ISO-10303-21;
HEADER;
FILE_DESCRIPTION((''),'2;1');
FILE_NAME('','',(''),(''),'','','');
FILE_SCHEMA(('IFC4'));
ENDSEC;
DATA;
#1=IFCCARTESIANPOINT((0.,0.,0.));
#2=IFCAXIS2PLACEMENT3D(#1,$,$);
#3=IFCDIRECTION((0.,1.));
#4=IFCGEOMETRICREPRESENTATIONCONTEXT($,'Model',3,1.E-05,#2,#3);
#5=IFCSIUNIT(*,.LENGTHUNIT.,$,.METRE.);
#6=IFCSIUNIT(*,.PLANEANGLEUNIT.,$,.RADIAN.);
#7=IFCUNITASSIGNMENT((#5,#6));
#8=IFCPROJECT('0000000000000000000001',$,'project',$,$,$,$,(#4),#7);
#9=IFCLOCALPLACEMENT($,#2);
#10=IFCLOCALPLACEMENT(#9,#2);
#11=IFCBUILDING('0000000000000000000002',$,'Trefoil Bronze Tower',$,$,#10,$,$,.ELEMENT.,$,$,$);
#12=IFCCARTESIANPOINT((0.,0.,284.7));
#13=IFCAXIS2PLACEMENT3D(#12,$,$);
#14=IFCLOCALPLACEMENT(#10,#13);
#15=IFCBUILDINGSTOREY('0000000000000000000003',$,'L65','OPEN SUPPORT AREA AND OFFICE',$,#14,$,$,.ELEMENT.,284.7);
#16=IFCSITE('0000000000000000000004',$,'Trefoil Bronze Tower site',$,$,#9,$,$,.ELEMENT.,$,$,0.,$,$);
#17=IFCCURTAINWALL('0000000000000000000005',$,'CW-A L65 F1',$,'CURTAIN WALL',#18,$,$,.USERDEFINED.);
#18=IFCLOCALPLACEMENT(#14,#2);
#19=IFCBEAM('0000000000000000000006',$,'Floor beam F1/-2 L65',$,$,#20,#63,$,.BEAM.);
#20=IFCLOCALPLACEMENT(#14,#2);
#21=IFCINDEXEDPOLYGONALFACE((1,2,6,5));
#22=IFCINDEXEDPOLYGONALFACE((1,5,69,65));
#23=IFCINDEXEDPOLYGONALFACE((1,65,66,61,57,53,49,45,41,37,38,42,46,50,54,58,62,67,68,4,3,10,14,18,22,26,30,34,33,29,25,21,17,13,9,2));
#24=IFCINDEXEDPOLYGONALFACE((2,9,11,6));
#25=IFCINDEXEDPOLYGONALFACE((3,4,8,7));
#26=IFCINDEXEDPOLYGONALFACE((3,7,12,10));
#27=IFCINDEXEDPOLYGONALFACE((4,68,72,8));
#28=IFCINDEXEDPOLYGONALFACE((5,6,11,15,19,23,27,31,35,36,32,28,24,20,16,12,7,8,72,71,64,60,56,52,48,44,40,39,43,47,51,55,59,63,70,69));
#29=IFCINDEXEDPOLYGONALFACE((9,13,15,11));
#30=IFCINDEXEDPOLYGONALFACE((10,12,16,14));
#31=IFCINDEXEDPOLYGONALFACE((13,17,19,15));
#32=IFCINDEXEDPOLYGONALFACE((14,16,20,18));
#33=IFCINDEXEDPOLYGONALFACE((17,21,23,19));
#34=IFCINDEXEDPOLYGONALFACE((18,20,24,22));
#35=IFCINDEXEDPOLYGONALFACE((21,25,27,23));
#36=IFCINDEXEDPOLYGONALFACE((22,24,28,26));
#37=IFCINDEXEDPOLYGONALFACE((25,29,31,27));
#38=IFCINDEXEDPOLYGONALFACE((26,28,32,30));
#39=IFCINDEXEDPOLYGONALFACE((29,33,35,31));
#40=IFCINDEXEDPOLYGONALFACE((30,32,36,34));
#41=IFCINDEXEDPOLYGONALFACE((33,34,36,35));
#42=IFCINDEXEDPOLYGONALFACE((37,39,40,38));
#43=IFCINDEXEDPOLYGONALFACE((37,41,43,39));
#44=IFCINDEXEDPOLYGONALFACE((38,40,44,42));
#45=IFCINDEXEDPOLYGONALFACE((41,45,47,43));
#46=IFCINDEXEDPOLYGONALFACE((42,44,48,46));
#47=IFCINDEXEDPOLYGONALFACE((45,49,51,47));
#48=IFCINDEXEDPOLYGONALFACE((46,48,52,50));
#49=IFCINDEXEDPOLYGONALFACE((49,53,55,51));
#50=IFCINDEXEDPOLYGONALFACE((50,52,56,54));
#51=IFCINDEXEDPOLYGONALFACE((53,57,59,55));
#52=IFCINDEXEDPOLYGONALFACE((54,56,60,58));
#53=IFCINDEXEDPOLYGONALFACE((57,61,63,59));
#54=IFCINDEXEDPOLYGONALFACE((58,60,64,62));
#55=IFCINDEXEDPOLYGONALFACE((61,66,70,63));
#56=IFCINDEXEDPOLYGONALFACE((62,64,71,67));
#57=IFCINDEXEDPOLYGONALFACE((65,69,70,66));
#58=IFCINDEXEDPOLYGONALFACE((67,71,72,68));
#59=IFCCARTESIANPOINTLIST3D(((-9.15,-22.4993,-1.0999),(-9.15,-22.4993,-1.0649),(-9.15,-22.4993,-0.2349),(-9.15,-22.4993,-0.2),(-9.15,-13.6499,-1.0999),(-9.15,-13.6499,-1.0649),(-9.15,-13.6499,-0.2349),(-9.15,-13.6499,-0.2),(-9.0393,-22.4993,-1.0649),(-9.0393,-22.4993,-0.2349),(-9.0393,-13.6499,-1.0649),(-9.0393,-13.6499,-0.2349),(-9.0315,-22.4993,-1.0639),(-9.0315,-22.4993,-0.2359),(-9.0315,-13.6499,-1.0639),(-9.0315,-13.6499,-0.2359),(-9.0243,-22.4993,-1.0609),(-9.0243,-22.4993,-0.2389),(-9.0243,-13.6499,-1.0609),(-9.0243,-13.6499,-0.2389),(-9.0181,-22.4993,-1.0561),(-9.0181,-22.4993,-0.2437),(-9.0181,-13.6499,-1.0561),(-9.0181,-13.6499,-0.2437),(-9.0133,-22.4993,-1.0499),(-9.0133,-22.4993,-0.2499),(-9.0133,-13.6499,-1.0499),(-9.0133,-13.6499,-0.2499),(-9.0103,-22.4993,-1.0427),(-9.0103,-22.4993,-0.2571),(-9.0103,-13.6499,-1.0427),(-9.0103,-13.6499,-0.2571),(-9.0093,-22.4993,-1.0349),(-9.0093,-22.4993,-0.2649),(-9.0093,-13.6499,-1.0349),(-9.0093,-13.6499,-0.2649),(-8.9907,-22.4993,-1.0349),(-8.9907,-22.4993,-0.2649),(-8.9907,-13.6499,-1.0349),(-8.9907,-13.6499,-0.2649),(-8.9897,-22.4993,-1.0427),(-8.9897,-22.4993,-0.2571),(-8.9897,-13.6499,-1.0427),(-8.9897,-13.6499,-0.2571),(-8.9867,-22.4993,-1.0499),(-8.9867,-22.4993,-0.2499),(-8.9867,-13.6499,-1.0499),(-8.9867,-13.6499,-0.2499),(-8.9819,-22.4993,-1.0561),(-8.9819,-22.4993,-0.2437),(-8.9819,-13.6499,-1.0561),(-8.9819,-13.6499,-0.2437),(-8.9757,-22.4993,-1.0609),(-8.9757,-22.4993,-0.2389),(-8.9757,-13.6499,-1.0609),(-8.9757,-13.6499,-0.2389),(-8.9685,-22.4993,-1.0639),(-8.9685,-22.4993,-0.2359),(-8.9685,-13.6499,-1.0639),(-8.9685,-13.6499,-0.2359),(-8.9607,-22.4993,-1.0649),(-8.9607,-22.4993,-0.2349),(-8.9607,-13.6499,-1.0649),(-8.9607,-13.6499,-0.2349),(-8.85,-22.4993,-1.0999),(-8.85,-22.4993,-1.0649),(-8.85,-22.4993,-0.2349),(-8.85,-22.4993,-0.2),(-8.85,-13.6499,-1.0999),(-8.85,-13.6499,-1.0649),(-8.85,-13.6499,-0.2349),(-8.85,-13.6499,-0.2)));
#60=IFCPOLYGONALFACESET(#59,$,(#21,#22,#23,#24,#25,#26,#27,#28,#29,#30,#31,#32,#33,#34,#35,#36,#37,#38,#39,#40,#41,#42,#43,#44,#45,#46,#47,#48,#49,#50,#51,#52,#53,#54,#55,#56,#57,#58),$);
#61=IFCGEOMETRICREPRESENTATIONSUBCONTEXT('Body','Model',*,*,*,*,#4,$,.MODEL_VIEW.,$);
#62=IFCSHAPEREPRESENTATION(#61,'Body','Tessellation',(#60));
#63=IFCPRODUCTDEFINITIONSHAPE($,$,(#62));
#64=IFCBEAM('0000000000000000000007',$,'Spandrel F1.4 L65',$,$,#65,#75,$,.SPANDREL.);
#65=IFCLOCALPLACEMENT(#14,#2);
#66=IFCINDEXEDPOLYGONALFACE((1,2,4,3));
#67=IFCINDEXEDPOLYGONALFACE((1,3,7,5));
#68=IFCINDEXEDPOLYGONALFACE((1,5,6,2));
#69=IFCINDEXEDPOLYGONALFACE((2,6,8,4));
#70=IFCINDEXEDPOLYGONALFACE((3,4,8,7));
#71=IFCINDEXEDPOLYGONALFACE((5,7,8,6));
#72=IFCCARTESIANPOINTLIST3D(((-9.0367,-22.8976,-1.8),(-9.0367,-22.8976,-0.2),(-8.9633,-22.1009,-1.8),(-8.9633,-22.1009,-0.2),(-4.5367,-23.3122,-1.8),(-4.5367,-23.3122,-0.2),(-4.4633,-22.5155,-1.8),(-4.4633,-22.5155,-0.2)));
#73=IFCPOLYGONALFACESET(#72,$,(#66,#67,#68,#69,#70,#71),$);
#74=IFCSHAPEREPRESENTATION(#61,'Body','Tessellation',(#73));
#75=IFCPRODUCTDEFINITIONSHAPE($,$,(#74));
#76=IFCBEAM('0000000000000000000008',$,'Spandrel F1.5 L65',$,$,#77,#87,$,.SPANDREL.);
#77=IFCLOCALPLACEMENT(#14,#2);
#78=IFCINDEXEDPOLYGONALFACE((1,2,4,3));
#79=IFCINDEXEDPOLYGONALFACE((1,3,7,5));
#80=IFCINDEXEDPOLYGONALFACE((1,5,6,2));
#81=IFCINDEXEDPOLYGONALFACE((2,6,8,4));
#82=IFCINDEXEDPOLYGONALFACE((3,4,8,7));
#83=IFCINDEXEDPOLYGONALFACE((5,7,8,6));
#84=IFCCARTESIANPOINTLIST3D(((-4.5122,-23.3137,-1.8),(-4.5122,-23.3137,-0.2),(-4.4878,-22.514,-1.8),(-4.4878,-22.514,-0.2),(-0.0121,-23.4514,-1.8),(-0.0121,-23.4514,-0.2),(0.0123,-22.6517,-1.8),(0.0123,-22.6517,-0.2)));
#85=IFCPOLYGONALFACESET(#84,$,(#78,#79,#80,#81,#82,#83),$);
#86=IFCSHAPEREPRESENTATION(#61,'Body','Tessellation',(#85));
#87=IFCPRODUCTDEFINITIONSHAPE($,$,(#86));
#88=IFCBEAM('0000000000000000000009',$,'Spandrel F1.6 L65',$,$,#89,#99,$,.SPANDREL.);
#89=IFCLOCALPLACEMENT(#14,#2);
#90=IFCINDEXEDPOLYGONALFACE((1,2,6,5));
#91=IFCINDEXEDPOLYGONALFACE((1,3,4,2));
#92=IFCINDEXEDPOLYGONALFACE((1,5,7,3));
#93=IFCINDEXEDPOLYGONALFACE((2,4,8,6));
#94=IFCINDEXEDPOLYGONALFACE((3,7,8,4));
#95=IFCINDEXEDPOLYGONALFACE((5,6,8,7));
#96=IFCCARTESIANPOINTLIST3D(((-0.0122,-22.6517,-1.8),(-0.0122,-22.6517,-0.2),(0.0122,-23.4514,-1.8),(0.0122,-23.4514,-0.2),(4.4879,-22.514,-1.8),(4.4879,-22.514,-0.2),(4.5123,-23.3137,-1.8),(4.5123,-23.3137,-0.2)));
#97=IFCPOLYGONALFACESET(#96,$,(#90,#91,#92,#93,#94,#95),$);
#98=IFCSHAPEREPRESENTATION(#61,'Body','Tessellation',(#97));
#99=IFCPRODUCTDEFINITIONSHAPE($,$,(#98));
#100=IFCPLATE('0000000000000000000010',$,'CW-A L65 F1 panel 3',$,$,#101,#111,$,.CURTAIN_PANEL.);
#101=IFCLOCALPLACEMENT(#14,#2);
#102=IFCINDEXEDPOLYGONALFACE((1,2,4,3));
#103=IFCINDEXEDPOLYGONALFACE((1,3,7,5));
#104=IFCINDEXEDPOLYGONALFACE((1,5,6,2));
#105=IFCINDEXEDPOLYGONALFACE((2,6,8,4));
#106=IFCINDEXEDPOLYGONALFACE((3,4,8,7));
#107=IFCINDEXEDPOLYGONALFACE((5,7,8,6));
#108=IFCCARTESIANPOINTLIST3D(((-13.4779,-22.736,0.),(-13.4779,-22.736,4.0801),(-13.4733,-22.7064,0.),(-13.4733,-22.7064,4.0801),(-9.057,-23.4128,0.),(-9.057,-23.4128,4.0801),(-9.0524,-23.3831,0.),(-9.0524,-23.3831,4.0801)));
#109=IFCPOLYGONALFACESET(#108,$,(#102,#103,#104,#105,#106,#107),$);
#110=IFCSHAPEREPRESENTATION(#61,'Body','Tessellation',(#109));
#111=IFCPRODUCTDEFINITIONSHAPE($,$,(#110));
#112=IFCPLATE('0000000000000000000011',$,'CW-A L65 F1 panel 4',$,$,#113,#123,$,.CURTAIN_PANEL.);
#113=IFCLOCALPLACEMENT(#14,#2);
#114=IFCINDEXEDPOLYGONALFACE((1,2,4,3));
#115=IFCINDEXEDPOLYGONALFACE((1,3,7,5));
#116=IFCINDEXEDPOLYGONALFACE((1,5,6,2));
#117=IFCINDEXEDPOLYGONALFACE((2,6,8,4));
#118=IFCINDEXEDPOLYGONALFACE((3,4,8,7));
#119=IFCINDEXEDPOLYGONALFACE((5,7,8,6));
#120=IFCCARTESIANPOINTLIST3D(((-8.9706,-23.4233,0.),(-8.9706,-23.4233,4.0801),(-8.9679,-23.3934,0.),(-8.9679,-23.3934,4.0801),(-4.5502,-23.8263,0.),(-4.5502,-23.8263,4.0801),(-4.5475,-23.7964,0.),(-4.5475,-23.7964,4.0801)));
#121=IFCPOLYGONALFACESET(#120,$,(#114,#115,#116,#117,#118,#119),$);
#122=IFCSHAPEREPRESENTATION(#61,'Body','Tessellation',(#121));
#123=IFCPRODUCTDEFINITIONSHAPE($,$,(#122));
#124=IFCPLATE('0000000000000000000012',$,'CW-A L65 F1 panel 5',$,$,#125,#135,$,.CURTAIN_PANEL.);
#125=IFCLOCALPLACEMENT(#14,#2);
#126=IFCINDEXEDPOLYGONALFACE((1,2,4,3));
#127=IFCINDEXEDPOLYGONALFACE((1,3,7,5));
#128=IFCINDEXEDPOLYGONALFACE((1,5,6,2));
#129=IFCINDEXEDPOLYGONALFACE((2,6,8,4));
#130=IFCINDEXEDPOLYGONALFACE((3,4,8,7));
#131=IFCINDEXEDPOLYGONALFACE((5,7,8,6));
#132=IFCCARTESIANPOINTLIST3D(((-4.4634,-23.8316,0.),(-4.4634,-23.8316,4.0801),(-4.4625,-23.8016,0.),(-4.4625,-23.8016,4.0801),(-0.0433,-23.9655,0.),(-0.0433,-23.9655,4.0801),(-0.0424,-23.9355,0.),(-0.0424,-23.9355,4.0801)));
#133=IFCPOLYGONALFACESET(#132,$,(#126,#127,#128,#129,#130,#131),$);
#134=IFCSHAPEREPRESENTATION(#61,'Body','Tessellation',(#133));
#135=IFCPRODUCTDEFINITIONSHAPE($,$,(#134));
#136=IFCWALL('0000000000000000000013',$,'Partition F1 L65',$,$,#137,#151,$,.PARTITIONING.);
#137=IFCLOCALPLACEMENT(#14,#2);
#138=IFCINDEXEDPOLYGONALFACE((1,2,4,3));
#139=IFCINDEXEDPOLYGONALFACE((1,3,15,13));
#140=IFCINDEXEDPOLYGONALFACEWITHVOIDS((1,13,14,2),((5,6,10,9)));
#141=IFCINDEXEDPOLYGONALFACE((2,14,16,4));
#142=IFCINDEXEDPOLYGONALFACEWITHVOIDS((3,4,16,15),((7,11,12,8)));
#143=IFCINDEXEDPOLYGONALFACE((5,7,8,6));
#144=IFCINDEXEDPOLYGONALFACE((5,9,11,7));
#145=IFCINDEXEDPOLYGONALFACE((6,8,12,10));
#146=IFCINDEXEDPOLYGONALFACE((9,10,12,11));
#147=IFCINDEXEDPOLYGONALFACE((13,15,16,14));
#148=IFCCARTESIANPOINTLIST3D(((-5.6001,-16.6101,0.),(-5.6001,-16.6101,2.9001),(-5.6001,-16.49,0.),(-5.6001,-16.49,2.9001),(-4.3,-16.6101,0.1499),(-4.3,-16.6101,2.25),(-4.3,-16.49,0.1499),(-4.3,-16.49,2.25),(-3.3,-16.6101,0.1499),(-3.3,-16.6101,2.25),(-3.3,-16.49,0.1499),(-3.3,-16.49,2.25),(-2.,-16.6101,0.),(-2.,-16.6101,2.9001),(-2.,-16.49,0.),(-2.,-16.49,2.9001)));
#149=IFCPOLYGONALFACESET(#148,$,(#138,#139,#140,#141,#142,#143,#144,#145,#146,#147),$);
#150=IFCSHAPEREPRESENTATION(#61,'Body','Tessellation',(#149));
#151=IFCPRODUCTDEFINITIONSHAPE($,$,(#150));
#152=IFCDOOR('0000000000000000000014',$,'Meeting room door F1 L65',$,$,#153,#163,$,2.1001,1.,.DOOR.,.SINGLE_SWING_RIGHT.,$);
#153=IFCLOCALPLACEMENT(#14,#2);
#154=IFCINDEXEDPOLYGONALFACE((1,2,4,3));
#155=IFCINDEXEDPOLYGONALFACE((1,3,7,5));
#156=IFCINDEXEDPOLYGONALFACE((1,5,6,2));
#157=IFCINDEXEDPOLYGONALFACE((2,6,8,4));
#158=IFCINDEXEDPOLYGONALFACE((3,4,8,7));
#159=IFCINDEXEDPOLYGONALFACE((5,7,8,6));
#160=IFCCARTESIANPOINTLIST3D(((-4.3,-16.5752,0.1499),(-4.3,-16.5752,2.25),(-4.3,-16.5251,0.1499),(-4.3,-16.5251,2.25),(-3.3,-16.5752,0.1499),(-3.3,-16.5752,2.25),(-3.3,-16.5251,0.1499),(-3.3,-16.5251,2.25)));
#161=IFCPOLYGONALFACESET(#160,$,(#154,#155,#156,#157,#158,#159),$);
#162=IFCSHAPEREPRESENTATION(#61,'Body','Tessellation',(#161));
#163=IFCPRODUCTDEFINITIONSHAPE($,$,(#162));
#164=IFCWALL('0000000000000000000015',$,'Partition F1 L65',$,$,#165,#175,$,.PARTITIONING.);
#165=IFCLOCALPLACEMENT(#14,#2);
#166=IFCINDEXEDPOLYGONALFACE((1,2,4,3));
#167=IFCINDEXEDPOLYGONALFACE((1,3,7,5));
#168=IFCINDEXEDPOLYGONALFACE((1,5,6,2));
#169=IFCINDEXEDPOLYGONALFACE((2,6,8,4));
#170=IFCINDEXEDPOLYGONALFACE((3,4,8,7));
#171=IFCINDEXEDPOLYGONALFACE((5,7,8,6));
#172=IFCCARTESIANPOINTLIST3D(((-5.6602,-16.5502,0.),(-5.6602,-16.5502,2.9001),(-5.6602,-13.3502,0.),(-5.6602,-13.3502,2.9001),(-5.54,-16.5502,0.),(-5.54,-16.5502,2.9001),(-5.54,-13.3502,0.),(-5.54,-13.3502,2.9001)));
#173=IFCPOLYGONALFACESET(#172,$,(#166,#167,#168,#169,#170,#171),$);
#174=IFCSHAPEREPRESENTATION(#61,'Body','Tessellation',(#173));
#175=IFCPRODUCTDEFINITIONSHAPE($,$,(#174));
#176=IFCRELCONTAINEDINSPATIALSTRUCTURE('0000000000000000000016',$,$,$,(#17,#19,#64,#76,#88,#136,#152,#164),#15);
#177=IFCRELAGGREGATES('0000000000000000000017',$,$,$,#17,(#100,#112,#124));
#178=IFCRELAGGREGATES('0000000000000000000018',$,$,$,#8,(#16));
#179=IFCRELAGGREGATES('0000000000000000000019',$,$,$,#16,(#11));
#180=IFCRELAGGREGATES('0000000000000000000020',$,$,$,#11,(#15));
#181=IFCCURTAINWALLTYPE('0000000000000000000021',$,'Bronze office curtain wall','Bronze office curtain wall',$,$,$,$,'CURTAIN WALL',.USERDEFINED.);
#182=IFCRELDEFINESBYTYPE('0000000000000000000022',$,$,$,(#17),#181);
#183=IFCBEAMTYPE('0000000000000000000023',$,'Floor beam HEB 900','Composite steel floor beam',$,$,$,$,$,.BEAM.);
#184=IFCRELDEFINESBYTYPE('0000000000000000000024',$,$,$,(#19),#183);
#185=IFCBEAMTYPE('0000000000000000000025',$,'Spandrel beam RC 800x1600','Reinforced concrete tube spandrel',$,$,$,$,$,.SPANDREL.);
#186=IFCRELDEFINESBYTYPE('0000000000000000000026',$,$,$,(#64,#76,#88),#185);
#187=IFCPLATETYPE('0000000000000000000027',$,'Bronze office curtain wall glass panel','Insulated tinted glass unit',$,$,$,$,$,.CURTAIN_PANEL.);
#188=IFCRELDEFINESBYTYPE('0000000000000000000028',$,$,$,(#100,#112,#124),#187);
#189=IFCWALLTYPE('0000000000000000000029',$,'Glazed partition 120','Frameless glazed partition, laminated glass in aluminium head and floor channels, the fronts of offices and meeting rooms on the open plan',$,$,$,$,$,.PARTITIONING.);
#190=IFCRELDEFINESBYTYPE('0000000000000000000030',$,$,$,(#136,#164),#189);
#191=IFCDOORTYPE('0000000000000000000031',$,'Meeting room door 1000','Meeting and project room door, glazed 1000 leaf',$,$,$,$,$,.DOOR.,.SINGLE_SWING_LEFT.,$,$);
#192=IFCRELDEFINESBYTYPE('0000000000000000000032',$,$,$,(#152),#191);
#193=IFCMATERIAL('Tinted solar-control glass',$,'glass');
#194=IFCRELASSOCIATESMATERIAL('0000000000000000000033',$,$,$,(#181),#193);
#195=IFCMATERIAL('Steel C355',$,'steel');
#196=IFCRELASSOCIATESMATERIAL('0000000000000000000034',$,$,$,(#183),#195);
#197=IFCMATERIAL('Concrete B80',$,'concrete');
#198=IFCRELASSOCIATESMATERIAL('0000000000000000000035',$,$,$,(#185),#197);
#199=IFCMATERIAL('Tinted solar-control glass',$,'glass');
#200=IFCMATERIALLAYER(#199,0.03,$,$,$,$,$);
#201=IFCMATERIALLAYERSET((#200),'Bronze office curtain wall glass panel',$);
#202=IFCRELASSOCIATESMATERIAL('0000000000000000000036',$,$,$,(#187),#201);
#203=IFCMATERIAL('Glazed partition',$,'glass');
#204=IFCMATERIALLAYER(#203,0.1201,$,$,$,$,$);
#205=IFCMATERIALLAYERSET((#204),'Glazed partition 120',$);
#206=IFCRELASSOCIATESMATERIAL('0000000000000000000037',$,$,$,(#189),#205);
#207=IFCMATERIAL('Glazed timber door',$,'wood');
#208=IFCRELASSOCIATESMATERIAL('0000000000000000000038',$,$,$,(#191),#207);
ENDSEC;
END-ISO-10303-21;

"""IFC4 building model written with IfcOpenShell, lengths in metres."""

from ifc_helpers import new_model, si_unit, direction, frame, frame_2d, origin, origin_2d, place, context, subcontext, project, spatial, rectangle, i_section, extrude, material, layer, layer_set, material_profile, profile_set, type_object, element, fill, aggregate, save


model = new_model("IFC4")

# Units and contexts
model_context = context("Model", 3, precision=1e-05, world=origin(), true_north=direction((0.0, 1.0)))
body_context = subcontext(model_context, "Body", "Model", "MODEL_VIEW")
ifc_project = project(units=[si_unit("LENGTHUNIT", "METRE"), si_unit("PLANEANGLEUNIT", "RADIAN")], contexts=[model_context])

# Site, building, storey
site_placement = place(None, origin())
site = spatial("IfcSite", under=ifc_project, at=site_placement, Name="Trefoil Bronze Tower site", CompositionType="ELEMENT", RefElevation=0.0)
building_placement = place(site_placement, origin())
building = spatial("IfcBuilding", under=site, at=building_placement, Name="Trefoil Bronze Tower", CompositionType="ELEMENT")
storey_placement = place(building_placement, frame((0.0, 0.0, 284.7)))
storey = spatial("IfcBuildingStorey", under=building, at=storey_placement, Name="L65", Description="OPEN SUPPORT AREA AND OFFICE", CompositionType="ELEMENT", Elevation=284.7)

# Curtain wall
ifc_material_1 = material(Name="Tinted solar-control glass", Category="glass")
curtain_wall_type = type_object("IfcCurtainWallType", Name="Bronze office curtain wall", Description="Bronze office curtain wall", ElementType="CURTAIN WALL", PredefinedType="USERDEFINED", material=ifc_material_1)
curtain_wall_placement = place(storey_placement, origin())
curtain_wall = element("IfcCurtainWall", 1, at=curtain_wall_placement, inside=storey, type_object=curtain_wall_type, Name="CW-A L65 F1", ObjectType="CURTAIN WALL", PredefinedType="USERDEFINED")

# Beams
ifc_material_2 = material(Name="Steel C355", Category="steel")
ifc_material_profile_1 = material_profile(ifc_material_2, i_section(OverallWidth=0.3, OverallDepth=0.8999, WebThickness=0.0186, FlangeThickness=0.0349, FilletRadius=0.03, at=origin_2d()), Name="HEB 900")
ifc_profile_set_1 = profile_set([ifc_material_profile_1], Name="Steel C355")
beam_type_1 = type_object("IfcBeamType", Name="Floor beam HEB 900", Description="Composite steel floor beam", PredefinedType="BEAM", material=ifc_profile_set_1)
beam_1_placement = place(storey_placement, frame((-9.0, -22.4993, -0.6499), z_axis=(0.0, 1.0, 0.0), x_axis=(-1.0, 0.0, 0.0)))
element("IfcBeam", 2, at=beam_1_placement, inside=storey, type_object=beam_type_1, Name="Floor beam F1/-2 L65", PredefinedType="BEAM", context=body_context, shape_type="SweptSolid", body=[
    extrude(i_section(OverallWidth=0.3, OverallDepth=0.8999, WebThickness=0.0186, FlangeThickness=0.0349, FilletRadius=0.03, at=origin_2d()), origin(), (0.0, 0.0, 1.0), 8.8494),
])
ifc_material_3 = material(Name="Concrete B80", Category="concrete")
ifc_material_profile_2 = material_profile(ifc_material_3, rectangle(XDim=0.8, YDim=1.6001, at=origin_2d()), Name="RC 800x1600")
ifc_profile_set_2 = profile_set([ifc_material_profile_2], Name="Concrete B80")
beam_type_2 = type_object("IfcBeamType", Name="Spandrel beam RC 800x1600", Description="Reinforced concrete tube spandrel", PredefinedType="SPANDREL", material=ifc_profile_set_2)
beam_2_placement = place(storey_placement, frame((-9.0, -22.4993, -1.0), z_axis=(0.995784, -0.091734, 0.0), x_axis=(0.091734, 0.995784, 0.0)))
element("IfcBeam", 3, at=beam_2_placement, inside=storey, type_object=beam_type_2, Name="Spandrel F1.4 L65", PredefinedType="SPANDREL", context=body_context, shape_type="SweptSolid", body=[
    extrude(rectangle(XDim=0.8, YDim=1.6001, at=origin_2d()), origin(), (0.0, 0.0, 1.0), 4.519),
])
for number, where, z_axis, x_axis, name in (
    (4, (-4.5, -22.9138, -1.0), (0.999532, -0.030585, 0.0), (0.030585, 0.999532, 0.0), "Spandrel F1.5 L65"),
    (5, (0.0, -23.0515, -1.0), (0.999532, 0.030585, 0.0), (-0.030585, 0.999532, 0.0), "Spandrel F1.6 L65"),
):
    element("IfcBeam", number, at=place(storey_placement, frame(where, z_axis=z_axis, x_axis=x_axis)), inside=storey, type_object=beam_type_2, Name=name, PredefinedType="SPANDREL", context=body_context, shape_type="SweptSolid", body=[
        extrude(rectangle(XDim=0.8, YDim=1.6001, at=origin_2d()), origin(), (0.0, 0.0, 1.0), 4.5022),
    ])

# Plates
ifc_material_4 = material(Name="Tinted solar-control glass", Category="glass")
ifc_layer_1 = layer(ifc_material_4, 0.03)
ifc_layer_set_1 = layer_set([ifc_layer_1], Name="Bronze office curtain wall glass panel")
plate_type = type_object("IfcPlateType", Name="Bronze office curtain wall glass panel", Description="Insulated tinted glass unit", PredefinedType="CURTAIN_PANEL", material=ifc_layer_set_1)
plate_1_placement = place(storey_placement, frame((-11.2651, -23.0596, 0.0), z_axis=(0.0, 0.0, 1.0), x_axis=(0.988485, -0.151317, 0.0)))
plate_1 = element("IfcPlate", 6, at=plate_1_placement, type_object=plate_type, Name="CW-A L65 F1 panel 3", PredefinedType="CURTAIN_PANEL", context=body_context, shape_type="SweptSolid", body=[
    extrude(rectangle(XDim=4.4724, YDim=0.03, at=origin_2d()), origin(), (0.0, 0.0, 1.0), 4.0801),
])
plate_2_placement = place(storey_placement, frame((-6.759, -23.6099, 0.0), z_axis=(0.0, 0.0, 1.0), x_axis=(0.99587, -0.090789, 0.0)))
plate_2 = element("IfcPlate", 7, at=plate_2_placement, type_object=plate_type, Name="CW-A L65 F1 panel 4", PredefinedType="CURTAIN_PANEL", context=body_context, shape_type="SweptSolid", body=[
    extrude(rectangle(XDim=4.4387, YDim=0.03, at=origin_2d()), origin(), (0.0, 0.0, 1.0), 4.0801),
])
plate_3_placement = place(storey_placement, frame((-2.2529, -23.8835, 0.0), z_axis=(0.0, 0.0, 1.0), x_axis=(0.999542, -0.030263, 0.0)))
plate_3 = element("IfcPlate", 8, at=plate_3_placement, type_object=plate_type, Name="CW-A L65 F1 panel 5", PredefinedType="CURTAIN_PANEL", context=body_context, shape_type="SweptSolid", body=[
    extrude(rectangle(XDim=4.4221, YDim=0.03, at=origin_2d()), origin(), (0.0, 0.0, 1.0), 4.0801),
])
aggregate(curtain_wall, [plate_1, plate_2, plate_3])

# Wall, opening, door
ifc_material_5 = material(Name="Glazed partition", Category="glass")
ifc_layer_2 = layer(ifc_material_5, 0.1201)
ifc_layer_set_2 = layer_set([ifc_layer_2], Name="Glazed partition 120")
wall_type = type_object("IfcWallType", Name="Glazed partition 120", Description="Frameless glazed partition, laminated glass in aluminium head and floor channels, the fronts of offices and meeting rooms on the open plan", PredefinedType="PARTITIONING", material=ifc_layer_set_2)
wall_1_placement = place(storey_placement, frame((-5.6001, -16.55, 0.0), z_axis=(0.0, 0.0, 1.0), x_axis=(1.0, 0.0, 0.0)))
wall_1 = element("IfcWall", 9, at=wall_1_placement, inside=storey, type_object=wall_type, Name="Partition F1 L65", PredefinedType="PARTITIONING", context=body_context, shape_type="SweptSolid", body=[
    extrude(rectangle(XDim=3.6001, YDim=0.1201, at=frame_2d((1.8, 0.0))), origin(), (0.0, 0.0, 1.0), 2.9001),
])
opening_1_placement = place(wall_1_placement, frame((1.3, 0.0, 0.1499)))
opening_1 = element("IfcOpeningElement", 10, at=opening_1_placement, cuts=wall_1, PredefinedType="OPENING", context=body_context, shape_type="SweptSolid", body=[
    extrude(rectangle(XDim=1.0, YDim=2.1001, at=frame_2d((0.5, 1.05))), frame((0.0, 0.0701, 0.0), z_axis=(0.0, -1.0, 0.0), x_axis=(1.0, 0.0, 0.0)), (0.0, 0.0, 1.0), 0.1401),
])
ifc_material_6 = material(Name="Glazed timber door", Category="wood")
door_type_1 = type_object("IfcDoorType", Name="Meeting room door 1000", Description="Meeting and project room door, glazed 1000 leaf", OperationType="SINGLE_SWING_LEFT", PredefinedType="DOOR", material=ifc_material_6)
door_1_placement = place(opening_1_placement, origin())
door_1 = element("IfcDoor", 11, at=door_1_placement, inside=storey, type_object=door_type_1, Name="Meeting room door F1 L65", OperationType="SINGLE_SWING_RIGHT", OverallHeight=2.1001, OverallWidth=1.0, PredefinedType="DOOR", context=body_context, shape_type="SweptSolid", body=[
    extrude(rectangle(XDim=1.0, YDim=2.1001, at=frame_2d((0.5, 1.05))), frame((0.0, 0.0249, 0.0), z_axis=(0.0, -1.0, 0.0), x_axis=(1.0, 0.0, 0.0)), (0.0, 0.0, 1.0), 0.05),
])
fill(opening_1, door_1)

# Wall
wall_2_placement = place(storey_placement, frame((-5.6001, -13.3501, 0.0), z_axis=(0.0, 0.0, 1.0), x_axis=(0.0, -1.0, 0.0)))
element("IfcWall", 12, at=wall_2_placement, inside=storey, type_object=wall_type, Name="Partition F1 L65", PredefinedType="PARTITIONING", context=body_context, shape_type="SweptSolid", body=[
    extrude(rectangle(XDim=3.2, YDim=0.1201, at=frame_2d((1.6001, 0.0))), origin(), (0.0, 0.0, 1.0), 2.9001),
])

save(model, "model.ifc")
